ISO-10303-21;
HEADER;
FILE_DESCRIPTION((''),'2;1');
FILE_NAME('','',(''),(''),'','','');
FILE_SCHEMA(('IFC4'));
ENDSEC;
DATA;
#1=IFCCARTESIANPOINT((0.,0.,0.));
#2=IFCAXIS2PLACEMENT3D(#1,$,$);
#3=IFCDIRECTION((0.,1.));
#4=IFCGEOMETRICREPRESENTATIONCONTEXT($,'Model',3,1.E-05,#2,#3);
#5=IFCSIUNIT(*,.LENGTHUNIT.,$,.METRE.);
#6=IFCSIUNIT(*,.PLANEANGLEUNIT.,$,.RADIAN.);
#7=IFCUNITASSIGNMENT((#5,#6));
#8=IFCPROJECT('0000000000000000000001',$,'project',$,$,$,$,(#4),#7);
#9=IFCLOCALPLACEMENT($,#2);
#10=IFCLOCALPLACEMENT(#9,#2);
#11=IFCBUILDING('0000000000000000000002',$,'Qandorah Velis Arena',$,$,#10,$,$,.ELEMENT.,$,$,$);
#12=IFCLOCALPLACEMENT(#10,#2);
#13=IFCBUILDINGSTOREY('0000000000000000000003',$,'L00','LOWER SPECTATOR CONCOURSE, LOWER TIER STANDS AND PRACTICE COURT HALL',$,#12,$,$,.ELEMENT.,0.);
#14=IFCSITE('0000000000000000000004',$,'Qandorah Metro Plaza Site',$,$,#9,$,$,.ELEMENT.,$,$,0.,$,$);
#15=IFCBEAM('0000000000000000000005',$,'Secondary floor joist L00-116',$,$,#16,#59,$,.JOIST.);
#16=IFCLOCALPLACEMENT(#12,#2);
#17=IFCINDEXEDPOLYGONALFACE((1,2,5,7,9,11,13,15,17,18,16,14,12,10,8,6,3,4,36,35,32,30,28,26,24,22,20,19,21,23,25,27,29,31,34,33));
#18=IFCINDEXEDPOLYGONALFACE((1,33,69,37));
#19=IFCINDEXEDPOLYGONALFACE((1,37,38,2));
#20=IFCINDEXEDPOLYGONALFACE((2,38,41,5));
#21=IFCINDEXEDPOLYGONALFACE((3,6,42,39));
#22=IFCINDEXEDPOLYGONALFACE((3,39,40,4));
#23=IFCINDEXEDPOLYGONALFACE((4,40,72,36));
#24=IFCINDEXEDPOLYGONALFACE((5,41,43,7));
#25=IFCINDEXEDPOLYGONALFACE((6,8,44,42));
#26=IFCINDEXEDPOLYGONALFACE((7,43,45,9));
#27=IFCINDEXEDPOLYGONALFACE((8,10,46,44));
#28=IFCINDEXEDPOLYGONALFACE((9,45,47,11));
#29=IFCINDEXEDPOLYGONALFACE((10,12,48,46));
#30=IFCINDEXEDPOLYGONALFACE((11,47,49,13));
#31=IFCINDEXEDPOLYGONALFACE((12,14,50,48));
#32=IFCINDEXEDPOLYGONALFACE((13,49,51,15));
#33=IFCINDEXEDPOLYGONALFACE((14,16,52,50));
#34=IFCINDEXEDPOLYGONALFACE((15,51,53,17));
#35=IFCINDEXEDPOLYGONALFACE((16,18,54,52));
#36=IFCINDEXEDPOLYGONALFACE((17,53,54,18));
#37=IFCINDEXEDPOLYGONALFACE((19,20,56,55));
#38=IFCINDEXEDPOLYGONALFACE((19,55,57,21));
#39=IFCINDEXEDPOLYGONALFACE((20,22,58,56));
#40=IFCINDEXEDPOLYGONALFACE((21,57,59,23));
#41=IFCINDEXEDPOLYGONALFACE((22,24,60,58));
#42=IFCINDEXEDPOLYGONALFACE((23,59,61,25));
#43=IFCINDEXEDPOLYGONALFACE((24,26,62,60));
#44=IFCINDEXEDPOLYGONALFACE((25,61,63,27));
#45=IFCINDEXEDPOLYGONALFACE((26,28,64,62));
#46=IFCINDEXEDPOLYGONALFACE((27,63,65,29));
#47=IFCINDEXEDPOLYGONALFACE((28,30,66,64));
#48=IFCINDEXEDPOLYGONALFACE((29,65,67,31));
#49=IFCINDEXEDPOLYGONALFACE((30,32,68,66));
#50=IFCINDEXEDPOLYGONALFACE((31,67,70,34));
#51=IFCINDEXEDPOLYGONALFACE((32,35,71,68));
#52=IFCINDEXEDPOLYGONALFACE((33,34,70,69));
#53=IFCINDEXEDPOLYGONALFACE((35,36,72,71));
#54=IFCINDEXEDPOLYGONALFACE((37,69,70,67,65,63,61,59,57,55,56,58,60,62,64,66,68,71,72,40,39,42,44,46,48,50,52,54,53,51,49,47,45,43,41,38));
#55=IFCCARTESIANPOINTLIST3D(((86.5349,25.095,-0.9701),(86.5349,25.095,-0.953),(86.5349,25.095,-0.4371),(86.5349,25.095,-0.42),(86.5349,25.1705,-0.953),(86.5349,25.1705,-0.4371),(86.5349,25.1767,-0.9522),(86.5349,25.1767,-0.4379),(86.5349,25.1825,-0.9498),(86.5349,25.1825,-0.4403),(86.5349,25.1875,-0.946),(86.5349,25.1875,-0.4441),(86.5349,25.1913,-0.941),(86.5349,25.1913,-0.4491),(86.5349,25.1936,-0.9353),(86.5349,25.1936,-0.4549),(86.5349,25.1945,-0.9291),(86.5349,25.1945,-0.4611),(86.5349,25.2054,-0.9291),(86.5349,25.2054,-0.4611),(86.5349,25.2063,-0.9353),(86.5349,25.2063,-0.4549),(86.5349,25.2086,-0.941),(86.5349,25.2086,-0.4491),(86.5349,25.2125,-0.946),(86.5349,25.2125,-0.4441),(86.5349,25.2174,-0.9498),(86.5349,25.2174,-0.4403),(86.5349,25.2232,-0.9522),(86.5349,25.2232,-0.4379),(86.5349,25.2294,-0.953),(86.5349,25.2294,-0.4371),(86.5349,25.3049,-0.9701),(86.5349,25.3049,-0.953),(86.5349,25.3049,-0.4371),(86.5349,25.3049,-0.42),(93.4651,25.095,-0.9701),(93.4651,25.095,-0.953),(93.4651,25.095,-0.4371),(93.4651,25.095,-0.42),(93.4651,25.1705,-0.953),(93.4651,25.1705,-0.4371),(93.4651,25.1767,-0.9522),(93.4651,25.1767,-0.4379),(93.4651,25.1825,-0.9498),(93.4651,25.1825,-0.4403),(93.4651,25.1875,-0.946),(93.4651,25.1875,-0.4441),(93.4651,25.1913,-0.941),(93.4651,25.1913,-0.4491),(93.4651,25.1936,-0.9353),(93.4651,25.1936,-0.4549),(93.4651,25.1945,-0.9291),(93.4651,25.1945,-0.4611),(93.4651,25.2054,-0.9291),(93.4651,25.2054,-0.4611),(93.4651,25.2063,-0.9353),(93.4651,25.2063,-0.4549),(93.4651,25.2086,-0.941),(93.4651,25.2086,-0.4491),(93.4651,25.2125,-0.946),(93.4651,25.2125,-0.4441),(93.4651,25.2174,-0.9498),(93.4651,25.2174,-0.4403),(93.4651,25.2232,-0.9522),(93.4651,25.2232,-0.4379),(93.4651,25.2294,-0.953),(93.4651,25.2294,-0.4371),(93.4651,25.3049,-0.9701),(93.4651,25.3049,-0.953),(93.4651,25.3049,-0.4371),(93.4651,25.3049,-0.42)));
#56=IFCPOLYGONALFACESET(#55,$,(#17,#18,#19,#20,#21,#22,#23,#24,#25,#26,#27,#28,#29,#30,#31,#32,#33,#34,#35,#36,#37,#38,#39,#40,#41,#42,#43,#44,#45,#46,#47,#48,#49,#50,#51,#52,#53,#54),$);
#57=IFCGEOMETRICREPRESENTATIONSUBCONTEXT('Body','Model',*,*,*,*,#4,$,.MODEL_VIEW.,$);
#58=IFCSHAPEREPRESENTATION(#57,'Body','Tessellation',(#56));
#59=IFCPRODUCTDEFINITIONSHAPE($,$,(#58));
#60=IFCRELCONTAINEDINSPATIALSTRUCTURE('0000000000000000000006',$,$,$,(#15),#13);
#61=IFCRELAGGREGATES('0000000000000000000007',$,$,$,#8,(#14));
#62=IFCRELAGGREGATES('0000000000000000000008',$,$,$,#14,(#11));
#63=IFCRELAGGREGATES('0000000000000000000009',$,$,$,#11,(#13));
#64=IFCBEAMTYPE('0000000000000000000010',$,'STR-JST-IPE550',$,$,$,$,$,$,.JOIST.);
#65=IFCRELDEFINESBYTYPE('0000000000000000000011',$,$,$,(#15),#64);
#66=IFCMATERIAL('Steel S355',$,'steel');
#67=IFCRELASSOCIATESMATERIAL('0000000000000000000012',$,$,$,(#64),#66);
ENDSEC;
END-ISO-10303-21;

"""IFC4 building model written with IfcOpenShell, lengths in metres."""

from ifc_helpers import new_model, si_unit, direction, frame, origin, origin_2d, place, context, subcontext, project, spatial, i_section, extrude, material, material_profile, profile_set, type_object, element, save


model = new_model("IFC4")

# Units and contexts
model_context = context("Model", 3, precision=1e-05, world=origin(), true_north=direction((0.0, 1.0)))
body_context = subcontext(model_context, "Body", "Model", "MODEL_VIEW")
ifc_project = project(units=[si_unit("LENGTHUNIT", "METRE"), si_unit("PLANEANGLEUNIT", "RADIAN")], contexts=[model_context])

# Site, building, storey
site_placement = place(None, origin())
site = spatial("IfcSite", under=ifc_project, at=site_placement, Name="Qandorah Metro Plaza Site", CompositionType="ELEMENT", RefElevation=0.0)
building_placement = place(site_placement, origin())
building = spatial("IfcBuilding", under=site, at=building_placement, Name="Qandorah Velis Arena", CompositionType="ELEMENT")
storey_placement = place(building_placement, origin())
storey = spatial("IfcBuildingStorey", under=building, at=storey_placement, Name="L00", Description="LOWER SPECTATOR CONCOURSE, LOWER TIER STANDS AND PRACTICE COURT HALL", CompositionType="ELEMENT", Elevation=0.0)

# Beam
ifc_material_1 = material(Name="Steel S355", Category="steel")
ifc_material_profile_1 = material_profile(ifc_material_1, i_section(OverallWidth=0.21, OverallDepth=0.55, WebThickness=0.011, FlangeThickness=0.0171, FilletRadius=0.0239, at=origin_2d()), Name="IPE 550")
ifc_profile_set_1 = profile_set([ifc_material_profile_1], Name="Steel S355")
beam_type_1 = type_object("IfcBeamType", Name="STR-JST-IPE550", PredefinedType="JOIST", material=ifc_profile_set_1)
beam_1_placement = place(storey_placement, frame((86.5349, 25.2, -0.6951), z_axis=(1.0, 0.0, 0.0), x_axis=(0.0, 1.0, 0.0)))
element("IfcBeam", 1, at=beam_1_placement, inside=storey, type_object=beam_type_1, Name="Secondary floor joist L00-116", PredefinedType="JOIST", context=body_context, shape_type="SweptSolid", body=[
    extrude(i_section(OverallWidth=0.21, OverallDepth=0.55, WebThickness=0.011, FlangeThickness=0.0171, FilletRadius=0.0239, at=origin_2d()), origin(), (0.0, 0.0, 1.0), 6.9302),
])

save(model, "model.ifc")
